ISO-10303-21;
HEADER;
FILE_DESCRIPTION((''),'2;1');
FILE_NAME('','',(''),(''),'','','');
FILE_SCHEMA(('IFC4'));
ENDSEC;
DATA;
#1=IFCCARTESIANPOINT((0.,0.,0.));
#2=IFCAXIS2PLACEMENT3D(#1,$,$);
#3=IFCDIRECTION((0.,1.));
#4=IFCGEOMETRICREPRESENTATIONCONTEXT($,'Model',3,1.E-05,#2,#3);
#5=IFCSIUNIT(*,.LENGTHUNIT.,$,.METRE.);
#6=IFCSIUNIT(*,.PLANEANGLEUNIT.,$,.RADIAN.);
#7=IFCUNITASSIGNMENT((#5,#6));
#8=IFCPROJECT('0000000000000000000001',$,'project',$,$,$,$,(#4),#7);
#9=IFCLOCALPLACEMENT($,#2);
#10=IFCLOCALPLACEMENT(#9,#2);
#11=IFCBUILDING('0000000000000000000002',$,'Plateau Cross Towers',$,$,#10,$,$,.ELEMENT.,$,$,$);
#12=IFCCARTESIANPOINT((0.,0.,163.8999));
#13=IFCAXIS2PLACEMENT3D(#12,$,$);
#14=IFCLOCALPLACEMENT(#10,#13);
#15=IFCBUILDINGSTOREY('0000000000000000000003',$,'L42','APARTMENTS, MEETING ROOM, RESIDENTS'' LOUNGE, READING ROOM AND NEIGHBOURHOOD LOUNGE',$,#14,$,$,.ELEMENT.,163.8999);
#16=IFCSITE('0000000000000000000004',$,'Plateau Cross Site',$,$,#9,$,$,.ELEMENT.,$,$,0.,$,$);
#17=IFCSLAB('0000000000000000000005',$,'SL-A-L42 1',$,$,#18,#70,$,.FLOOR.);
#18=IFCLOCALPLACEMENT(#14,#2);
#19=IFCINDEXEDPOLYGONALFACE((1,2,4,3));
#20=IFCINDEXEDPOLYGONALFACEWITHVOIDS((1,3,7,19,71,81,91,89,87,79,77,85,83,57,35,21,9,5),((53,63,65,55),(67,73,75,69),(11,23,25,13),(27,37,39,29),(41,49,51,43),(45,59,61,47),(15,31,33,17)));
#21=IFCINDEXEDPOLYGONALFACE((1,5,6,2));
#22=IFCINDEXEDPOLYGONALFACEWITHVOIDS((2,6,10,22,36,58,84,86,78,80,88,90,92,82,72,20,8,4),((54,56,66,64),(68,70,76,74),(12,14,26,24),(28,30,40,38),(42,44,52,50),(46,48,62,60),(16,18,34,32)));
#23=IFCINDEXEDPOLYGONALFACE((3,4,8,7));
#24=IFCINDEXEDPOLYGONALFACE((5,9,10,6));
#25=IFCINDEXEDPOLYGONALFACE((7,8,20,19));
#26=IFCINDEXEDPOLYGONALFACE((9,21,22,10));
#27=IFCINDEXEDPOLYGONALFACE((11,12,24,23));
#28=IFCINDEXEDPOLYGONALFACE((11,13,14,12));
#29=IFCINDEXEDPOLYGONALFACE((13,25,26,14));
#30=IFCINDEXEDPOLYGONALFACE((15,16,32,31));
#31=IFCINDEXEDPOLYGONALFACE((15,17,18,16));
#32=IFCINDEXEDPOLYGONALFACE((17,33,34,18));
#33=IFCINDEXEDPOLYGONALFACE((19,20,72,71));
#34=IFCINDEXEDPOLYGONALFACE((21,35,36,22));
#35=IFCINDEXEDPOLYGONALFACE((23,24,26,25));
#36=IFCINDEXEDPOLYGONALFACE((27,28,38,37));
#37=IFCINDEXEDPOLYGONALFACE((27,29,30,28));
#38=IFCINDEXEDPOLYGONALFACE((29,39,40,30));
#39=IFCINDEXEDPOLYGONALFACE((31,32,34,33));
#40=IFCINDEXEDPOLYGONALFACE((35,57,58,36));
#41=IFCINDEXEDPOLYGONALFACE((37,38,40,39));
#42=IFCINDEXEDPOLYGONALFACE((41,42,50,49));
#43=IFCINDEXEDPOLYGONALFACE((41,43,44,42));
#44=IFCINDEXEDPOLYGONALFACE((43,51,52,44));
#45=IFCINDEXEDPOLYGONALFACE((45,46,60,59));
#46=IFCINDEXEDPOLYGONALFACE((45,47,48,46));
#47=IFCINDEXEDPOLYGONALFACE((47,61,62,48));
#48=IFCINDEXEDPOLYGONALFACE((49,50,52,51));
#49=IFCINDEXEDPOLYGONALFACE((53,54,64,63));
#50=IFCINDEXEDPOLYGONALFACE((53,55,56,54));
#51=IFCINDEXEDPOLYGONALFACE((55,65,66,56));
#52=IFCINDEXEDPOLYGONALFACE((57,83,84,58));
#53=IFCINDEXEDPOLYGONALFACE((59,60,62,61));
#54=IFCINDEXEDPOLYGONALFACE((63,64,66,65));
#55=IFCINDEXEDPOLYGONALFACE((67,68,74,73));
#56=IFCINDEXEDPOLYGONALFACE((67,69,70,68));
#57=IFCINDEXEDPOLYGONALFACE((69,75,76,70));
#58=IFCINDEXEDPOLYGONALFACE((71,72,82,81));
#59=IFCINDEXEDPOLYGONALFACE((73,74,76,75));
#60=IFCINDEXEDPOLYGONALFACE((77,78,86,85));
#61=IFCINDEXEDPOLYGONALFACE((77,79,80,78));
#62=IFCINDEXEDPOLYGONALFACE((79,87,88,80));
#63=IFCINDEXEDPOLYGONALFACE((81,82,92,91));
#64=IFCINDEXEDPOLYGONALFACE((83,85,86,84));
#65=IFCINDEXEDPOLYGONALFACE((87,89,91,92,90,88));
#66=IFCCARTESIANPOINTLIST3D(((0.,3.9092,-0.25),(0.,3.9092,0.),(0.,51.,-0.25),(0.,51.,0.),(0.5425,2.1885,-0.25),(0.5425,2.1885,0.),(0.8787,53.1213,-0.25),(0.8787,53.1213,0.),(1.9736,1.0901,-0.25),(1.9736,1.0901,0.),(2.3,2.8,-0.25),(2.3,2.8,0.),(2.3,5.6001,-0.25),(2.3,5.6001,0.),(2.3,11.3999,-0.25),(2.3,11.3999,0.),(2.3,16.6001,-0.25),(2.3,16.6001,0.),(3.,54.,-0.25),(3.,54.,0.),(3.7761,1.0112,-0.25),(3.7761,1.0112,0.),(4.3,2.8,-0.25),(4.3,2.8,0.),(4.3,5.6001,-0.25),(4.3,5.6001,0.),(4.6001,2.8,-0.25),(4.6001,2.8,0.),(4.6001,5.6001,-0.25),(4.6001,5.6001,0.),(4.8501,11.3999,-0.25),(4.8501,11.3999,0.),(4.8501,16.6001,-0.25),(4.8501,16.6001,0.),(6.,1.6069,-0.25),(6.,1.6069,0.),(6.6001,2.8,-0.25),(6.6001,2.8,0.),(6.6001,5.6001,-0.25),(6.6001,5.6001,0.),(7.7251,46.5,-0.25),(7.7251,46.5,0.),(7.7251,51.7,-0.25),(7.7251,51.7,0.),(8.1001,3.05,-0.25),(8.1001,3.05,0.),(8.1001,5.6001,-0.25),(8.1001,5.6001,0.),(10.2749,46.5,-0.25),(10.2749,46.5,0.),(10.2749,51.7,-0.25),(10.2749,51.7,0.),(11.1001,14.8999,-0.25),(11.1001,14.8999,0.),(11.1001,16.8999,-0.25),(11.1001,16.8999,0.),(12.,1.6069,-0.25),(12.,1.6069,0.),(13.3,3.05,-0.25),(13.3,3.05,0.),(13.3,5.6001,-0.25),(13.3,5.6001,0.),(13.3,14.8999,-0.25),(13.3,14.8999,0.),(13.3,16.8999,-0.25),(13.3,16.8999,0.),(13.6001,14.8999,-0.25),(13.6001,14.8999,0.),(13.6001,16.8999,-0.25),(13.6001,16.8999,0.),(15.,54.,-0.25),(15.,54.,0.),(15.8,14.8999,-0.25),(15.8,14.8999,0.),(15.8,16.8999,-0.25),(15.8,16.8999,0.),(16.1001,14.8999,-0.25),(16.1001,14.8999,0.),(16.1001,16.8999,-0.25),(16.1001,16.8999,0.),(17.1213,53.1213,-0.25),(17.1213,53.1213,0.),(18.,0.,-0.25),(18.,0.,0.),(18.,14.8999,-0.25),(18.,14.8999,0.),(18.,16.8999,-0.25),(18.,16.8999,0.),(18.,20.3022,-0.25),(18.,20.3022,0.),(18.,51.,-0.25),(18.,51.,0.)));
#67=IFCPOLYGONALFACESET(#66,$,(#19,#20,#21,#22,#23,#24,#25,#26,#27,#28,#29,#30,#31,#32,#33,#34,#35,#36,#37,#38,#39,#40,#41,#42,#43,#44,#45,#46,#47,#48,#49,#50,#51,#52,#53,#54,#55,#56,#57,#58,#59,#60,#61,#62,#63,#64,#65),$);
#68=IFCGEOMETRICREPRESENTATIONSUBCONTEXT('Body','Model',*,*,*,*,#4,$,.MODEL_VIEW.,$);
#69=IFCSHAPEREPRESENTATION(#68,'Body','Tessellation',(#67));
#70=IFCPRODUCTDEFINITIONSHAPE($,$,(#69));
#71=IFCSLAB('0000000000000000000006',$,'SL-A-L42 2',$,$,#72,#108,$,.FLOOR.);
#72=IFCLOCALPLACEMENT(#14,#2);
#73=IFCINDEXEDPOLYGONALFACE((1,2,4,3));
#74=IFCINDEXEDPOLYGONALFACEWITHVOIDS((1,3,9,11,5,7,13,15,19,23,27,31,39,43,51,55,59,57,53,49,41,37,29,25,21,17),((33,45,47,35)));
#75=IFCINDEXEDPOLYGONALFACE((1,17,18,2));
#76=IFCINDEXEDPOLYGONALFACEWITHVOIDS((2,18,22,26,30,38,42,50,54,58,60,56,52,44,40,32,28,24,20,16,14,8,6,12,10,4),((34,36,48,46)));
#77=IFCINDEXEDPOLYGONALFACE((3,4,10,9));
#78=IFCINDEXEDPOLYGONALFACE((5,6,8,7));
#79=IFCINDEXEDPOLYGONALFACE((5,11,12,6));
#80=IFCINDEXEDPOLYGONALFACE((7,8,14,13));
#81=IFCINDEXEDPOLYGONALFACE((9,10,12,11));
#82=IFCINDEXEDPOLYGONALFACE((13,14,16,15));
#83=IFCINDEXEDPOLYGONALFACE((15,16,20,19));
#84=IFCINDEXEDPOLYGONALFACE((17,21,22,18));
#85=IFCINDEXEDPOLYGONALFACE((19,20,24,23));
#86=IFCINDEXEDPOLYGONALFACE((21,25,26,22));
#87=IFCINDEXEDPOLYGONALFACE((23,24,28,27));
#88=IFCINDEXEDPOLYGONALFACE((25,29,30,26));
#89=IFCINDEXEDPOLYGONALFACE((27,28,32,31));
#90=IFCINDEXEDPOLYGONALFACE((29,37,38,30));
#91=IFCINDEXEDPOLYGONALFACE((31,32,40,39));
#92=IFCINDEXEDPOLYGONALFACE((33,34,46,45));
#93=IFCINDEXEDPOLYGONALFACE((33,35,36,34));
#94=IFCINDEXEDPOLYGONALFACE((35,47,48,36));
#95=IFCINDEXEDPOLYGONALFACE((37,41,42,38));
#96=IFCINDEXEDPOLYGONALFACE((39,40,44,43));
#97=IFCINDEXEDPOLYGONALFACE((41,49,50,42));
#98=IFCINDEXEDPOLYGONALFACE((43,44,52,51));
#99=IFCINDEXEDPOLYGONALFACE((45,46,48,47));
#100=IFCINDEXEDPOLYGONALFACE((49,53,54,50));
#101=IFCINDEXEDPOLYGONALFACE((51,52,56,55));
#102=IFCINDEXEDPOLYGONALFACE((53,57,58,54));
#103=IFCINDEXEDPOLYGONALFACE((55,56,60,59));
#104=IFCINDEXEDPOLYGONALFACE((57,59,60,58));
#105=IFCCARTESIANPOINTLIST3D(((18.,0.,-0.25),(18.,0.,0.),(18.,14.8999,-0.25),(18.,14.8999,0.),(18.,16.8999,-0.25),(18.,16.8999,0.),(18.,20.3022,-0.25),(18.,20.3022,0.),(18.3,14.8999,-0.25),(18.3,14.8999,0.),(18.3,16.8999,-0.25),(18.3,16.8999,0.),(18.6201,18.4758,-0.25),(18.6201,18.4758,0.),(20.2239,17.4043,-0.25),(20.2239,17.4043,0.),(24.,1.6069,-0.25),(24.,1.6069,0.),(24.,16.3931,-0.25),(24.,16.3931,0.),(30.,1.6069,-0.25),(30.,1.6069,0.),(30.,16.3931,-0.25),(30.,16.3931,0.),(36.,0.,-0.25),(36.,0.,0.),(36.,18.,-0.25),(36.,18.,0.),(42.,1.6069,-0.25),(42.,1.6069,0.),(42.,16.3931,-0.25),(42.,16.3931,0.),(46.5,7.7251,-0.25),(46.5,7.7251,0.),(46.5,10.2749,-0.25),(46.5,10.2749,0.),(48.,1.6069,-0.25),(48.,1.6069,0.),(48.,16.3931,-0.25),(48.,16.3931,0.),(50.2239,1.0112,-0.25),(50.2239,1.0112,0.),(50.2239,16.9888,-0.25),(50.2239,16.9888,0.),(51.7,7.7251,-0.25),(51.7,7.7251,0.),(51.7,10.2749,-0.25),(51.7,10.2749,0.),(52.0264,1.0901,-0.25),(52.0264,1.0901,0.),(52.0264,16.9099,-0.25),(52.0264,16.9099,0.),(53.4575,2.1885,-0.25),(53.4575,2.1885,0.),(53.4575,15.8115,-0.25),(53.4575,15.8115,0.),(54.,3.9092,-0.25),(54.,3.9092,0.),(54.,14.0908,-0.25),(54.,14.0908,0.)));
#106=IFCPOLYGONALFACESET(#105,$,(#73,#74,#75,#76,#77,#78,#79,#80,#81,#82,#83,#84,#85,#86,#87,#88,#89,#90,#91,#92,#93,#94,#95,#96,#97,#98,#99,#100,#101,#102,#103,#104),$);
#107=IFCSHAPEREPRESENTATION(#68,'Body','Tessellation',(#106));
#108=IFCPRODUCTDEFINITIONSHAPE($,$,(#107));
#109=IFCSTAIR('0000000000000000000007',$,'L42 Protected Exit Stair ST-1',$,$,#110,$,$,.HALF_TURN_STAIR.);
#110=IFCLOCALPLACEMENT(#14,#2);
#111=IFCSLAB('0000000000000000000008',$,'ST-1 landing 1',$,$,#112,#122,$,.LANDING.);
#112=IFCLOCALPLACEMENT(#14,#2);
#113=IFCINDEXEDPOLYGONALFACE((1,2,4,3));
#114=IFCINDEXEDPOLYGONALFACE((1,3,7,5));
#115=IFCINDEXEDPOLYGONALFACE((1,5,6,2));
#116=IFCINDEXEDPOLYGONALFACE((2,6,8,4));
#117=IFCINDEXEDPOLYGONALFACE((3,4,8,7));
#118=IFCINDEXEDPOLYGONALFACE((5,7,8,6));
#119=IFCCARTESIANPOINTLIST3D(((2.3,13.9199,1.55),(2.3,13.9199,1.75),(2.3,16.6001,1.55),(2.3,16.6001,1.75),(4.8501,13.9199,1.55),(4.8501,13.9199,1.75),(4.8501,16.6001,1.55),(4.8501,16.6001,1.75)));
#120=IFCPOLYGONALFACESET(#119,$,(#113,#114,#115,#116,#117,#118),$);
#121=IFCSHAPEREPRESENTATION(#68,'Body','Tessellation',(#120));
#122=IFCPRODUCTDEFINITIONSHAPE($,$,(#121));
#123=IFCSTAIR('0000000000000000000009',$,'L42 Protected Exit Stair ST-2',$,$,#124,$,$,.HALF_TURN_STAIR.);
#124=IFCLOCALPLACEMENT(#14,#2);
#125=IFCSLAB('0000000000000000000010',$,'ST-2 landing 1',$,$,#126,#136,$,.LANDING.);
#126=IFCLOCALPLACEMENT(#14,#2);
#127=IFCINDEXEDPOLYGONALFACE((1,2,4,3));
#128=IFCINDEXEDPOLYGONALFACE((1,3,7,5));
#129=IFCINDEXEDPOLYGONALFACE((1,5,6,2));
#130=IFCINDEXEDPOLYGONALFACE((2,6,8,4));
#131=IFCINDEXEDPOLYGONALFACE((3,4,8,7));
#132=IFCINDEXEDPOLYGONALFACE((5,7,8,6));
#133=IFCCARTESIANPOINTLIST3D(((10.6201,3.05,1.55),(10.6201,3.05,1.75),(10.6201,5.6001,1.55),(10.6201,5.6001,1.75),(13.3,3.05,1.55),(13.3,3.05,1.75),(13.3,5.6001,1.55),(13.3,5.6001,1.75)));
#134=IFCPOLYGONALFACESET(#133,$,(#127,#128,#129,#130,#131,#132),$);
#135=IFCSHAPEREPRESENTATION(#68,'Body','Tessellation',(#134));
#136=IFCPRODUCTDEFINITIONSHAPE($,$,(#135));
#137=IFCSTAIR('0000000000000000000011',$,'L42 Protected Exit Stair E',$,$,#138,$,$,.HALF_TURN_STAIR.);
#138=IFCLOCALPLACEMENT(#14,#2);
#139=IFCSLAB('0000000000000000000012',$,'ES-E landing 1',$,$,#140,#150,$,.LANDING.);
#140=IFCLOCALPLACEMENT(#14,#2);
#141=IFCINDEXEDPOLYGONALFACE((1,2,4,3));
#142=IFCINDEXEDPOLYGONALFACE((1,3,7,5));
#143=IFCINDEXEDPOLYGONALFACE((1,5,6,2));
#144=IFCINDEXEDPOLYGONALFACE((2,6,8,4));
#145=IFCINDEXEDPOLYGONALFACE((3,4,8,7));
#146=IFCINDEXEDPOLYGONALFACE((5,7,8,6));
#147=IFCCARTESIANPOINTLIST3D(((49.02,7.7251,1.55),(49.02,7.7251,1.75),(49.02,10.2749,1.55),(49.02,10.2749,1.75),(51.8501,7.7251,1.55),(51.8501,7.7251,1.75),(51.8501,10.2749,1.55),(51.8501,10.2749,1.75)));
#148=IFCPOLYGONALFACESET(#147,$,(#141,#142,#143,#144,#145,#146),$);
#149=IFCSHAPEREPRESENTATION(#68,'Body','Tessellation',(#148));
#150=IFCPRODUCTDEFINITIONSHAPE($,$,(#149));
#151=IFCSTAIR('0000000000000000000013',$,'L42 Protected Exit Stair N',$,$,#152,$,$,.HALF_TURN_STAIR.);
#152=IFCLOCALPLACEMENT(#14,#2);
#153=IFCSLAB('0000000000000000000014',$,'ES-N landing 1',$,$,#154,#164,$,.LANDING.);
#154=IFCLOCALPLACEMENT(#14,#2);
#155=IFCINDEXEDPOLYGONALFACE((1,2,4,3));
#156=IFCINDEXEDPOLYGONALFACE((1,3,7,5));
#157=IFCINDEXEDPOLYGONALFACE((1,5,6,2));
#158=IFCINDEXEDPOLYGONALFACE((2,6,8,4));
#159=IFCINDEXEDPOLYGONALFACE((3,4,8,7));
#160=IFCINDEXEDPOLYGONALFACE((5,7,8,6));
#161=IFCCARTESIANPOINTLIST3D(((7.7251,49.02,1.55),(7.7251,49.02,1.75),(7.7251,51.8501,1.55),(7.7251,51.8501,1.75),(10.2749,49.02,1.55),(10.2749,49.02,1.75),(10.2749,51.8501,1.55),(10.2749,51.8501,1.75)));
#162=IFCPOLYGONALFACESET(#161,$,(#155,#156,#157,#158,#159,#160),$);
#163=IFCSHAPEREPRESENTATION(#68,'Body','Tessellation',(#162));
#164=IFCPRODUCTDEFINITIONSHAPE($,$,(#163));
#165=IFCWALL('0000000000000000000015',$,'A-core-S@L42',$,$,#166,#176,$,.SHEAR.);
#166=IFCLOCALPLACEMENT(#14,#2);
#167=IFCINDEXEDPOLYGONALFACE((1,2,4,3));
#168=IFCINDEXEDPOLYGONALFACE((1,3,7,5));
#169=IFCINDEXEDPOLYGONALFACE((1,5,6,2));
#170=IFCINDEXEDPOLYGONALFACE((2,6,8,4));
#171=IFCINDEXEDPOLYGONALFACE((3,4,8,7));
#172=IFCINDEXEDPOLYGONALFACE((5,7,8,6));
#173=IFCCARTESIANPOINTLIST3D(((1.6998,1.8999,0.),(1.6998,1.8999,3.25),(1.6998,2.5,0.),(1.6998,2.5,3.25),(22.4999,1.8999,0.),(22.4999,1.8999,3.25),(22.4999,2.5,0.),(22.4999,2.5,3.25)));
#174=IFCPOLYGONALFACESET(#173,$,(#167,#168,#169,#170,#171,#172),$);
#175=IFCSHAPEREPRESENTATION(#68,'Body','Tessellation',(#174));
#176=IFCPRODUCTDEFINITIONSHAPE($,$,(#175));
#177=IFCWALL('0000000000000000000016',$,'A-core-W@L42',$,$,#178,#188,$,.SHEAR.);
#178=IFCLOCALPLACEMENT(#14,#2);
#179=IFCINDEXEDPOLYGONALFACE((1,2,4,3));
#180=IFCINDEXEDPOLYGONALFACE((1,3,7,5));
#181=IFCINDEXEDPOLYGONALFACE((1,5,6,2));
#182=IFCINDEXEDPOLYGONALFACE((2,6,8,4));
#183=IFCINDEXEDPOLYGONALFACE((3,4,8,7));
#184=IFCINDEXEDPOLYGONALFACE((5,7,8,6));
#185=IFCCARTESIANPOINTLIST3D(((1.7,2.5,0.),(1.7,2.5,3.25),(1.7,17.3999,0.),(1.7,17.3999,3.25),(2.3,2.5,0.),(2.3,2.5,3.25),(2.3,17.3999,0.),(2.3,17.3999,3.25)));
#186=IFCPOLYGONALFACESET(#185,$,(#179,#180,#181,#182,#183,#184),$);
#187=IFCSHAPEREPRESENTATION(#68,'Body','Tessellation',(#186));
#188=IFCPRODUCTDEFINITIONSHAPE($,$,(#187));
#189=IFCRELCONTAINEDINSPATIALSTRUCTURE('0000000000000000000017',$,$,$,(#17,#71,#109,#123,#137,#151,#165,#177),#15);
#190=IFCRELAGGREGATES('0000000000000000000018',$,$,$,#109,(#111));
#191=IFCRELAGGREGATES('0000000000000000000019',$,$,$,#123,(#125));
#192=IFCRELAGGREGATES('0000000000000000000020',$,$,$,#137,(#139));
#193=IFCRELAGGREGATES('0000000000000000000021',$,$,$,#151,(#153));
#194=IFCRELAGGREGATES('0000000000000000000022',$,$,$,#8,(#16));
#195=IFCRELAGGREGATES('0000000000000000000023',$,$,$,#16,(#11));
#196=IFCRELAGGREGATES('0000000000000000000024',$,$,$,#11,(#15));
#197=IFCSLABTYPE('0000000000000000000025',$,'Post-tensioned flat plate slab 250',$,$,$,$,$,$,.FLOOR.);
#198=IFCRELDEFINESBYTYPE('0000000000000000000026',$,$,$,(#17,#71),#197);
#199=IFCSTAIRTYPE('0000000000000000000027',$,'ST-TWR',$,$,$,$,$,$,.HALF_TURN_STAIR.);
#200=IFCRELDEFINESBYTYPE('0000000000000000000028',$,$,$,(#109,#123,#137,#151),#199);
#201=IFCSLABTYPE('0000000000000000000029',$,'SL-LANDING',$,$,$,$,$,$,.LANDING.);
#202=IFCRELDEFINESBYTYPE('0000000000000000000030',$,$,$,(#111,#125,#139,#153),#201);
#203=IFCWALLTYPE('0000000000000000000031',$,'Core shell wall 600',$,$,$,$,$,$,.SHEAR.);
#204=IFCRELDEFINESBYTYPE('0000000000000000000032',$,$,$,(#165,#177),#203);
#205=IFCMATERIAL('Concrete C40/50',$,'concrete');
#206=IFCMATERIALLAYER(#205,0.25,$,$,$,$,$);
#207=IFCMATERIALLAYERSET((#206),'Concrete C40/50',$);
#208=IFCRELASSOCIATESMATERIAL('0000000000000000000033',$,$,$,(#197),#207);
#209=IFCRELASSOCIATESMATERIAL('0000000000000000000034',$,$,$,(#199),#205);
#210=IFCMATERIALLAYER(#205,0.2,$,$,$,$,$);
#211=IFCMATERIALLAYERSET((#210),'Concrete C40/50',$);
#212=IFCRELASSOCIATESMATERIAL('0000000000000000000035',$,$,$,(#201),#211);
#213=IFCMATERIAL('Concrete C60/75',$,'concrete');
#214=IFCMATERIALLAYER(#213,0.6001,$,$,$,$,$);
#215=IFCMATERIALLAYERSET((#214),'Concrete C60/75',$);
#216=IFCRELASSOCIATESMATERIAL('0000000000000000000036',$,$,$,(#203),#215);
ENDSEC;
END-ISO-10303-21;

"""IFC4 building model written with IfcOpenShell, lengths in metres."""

from ifc_helpers import new_model, si_unit, direction, frame, frame_2d, origin, place, context, subcontext, project, spatial, polyline, rectangle, outline, extrude, material, layer, layer_set, type_object, element, aggregate, save


model = new_model("IFC4")

# Units and contexts
model_context = context("Model", 3, precision=1e-05, world=origin(), true_north=direction((0.0, 1.0)))
body_context = subcontext(model_context, "Body", "Model", "MODEL_VIEW")
ifc_project = project(units=[si_unit("LENGTHUNIT", "METRE"), si_unit("PLANEANGLEUNIT", "RADIAN")], contexts=[model_context])

# Site, building, storey
site_placement = place(None, origin())
site = spatial("IfcSite", under=ifc_project, at=site_placement, Name="Plateau Cross Site", CompositionType="ELEMENT", RefElevation=0.0)
building_placement = place(site_placement, origin())
building = spatial("IfcBuilding", under=site, at=building_placement, Name="Plateau Cross Towers", CompositionType="ELEMENT")
storey_placement = place(building_placement, frame((0.0, 0.0, 163.8999)))
storey = spatial("IfcBuildingStorey", under=building, at=storey_placement, Name="L42", Description="APARTMENTS, MEETING ROOM, RESIDENTS' LOUNGE, READING ROOM AND NEIGHBOURHOOD LOUNGE", CompositionType="ELEMENT", Elevation=163.8999)

# Shared definitions
ifc_material_1 = material(Name="Concrete C60/75", Category="concrete")

# Shared definitions
ifc_material_2 = material(Name="Concrete C40/50", Category="concrete")

# Slabs
ifc_layer_1 = layer(ifc_material_2, 0.25)
ifc_layer_set_1 = layer_set([ifc_layer_1], Name="Concrete C40/50")
slab_type_1 = type_object("IfcSlabType", Name="Post-tensioned flat plate slab 250", PredefinedType="FLOOR", material=ifc_layer_set_1)
slab_1_placement = place(storey_placement, frame((0.0, 0.0, -0.25)))
element("IfcSlab", 1, at=slab_1_placement, inside=storey, type_object=slab_type_1, Name="SL-A-L42 1", PredefinedType="FLOOR", context=body_context, shape_type="SweptSolid", body=[
    extrude(outline(polyline([(0.5425, 2.1885), (0.0, 3.9092), (0.0, 51.0), (0.8787, 53.1213), (3.0, 54.0), (15.0, 54.0), (17.1213, 53.1213), (18.0, 51.0), (18.0, 20.3022), (18.0, 16.8999), (16.1001, 16.8999), (16.1001, 14.8999), (18.0, 14.8999), (18.0, 0.0), (12.0, 1.6069), (6.0, 1.6069), (3.7761, 1.0112), (1.9736, 1.0901), (0.5425, 2.1885)]), holes=[polyline([(2.3, 5.6001), (2.3, 2.8), (4.3, 2.8), (4.3, 5.6001), (2.3, 5.6001)]), polyline([(4.6001, 5.6001), (4.6001, 2.8), (6.6001, 2.8), (6.6001, 5.6001), (4.6001, 5.6001)]), polyline([(8.1001, 5.6001), (8.1001, 3.05), (13.3, 3.05), (13.3, 5.6001), (8.1001, 5.6001)]), polyline([(2.3, 11.3999), (4.8501, 11.3999), (4.8501, 16.6001), (2.3, 16.6001), (2.3, 11.3999)]), polyline([(11.1001, 16.8999), (11.1001, 14.8999), (13.3, 14.8999), (13.3, 16.8999), (11.1001, 16.8999)]), polyline([(13.6001, 16.8999), (13.6001, 14.8999), (15.8, 14.8999), (15.8, 16.8999), (13.6001, 16.8999)]), polyline([(7.7251, 51.7), (7.7251, 46.5), (10.2749, 46.5), (10.2749, 51.7), (7.7251, 51.7)])]), origin(), (0.0, 0.0, 1.0), 0.25),
])
slab_2_placement = place(storey_placement, frame((0.0, 0.0, -0.25)))
element("IfcSlab", 2, at=slab_2_placement, inside=storey, type_object=slab_type_1, Name="SL-A-L42 2", PredefinedType="FLOOR", context=body_context, shape_type="SweptSolid", body=[
    extrude(outline(polyline([(18.6201, 18.4758), (20.2239, 17.4043), (24.0, 16.3931), (30.0, 16.3931), (36.0, 18.0), (42.0, 16.3931), (48.0, 16.3931), (50.2239, 16.9888), (52.0264, 16.9099), (53.4575, 15.8115), (54.0, 14.0908), (54.0, 3.9092), (53.4575, 2.1885), (52.0264, 1.0901), (50.2239, 1.0112), (48.0, 1.6069), (42.0, 1.6069), (36.0, 0.0), (30.0, 1.6069), (24.0, 1.6069), (18.0, 0.0), (18.0, 14.8999), (18.3, 14.8999), (18.3, 16.8999), (18.0, 16.8999), (18.0, 20.3022), (18.6201, 18.4758)]), holes=[polyline([(46.5, 10.2749), (46.5, 7.7251), (51.7, 7.7251), (51.7, 10.2749), (46.5, 10.2749)])]), origin(), (0.0, 0.0, 1.0), 0.25),
])

# Stairs, slabs
stair_type = type_object("IfcStairType", Name="ST-TWR", PredefinedType="HALF_TURN_STAIR", material=ifc_material_2)
stair_1_placement = place(storey_placement, origin())
stair_1 = element("IfcStair", 3, at=stair_1_placement, inside=storey, type_object=stair_type, Name="L42 Protected Exit Stair ST-1", PredefinedType="HALF_TURN_STAIR")
ifc_layer_2 = layer(ifc_material_2, 0.2)
ifc_layer_set_2 = layer_set([ifc_layer_2], Name="Concrete C40/50")
slab_type_2 = type_object("IfcSlabType", Name="SL-LANDING", PredefinedType="LANDING", material=ifc_layer_set_2)
slab_3_placement = place(storey_placement, frame((0.0, 0.0, 1.55)))
slab_3 = element("IfcSlab", 4, at=slab_3_placement, type_object=slab_type_2, Name="ST-1 landing 1", PredefinedType="LANDING", context=body_context, shape_type="SweptSolid", body=[
    extrude(outline(polyline([(4.8501, 13.9199), (4.8501, 16.6001), (2.3, 16.6001), (2.3, 13.9199), (4.8501, 13.9199)])), origin(), (0.0, 0.0, 1.0), 0.2),
])
aggregate(stair_1, [slab_3])
stair_2_placement = place(storey_placement, origin())
stair_2 = element("IfcStair", 5, at=stair_2_placement, inside=storey, type_object=stair_type, Name="L42 Protected Exit Stair ST-2", PredefinedType="HALF_TURN_STAIR")
slab_4_placement = place(storey_placement, frame((0.0, 0.0, 1.55)))
slab_4 = element("IfcSlab", 6, at=slab_4_placement, type_object=slab_type_2, Name="ST-2 landing 1", PredefinedType="LANDING", context=body_context, shape_type="SweptSolid", body=[
    extrude(outline(polyline([(10.6201, 3.05), (13.3, 3.05), (13.3, 5.6001), (10.6201, 5.6001), (10.6201, 3.05)])), origin(), (0.0, 0.0, 1.0), 0.2),
])
aggregate(stair_2, [slab_4])
stair_3_placement = place(storey_placement, origin())
stair_3 = element("IfcStair", 7, at=stair_3_placement, inside=storey, type_object=stair_type, Name="L42 Protected Exit Stair E", PredefinedType="HALF_TURN_STAIR")
slab_5_placement = place(storey_placement, frame((0.0, 0.0, 1.55)))
slab_5 = element("IfcSlab", 8, at=slab_5_placement, type_object=slab_type_2, Name="ES-E landing 1", PredefinedType="LANDING", context=body_context, shape_type="SweptSolid", body=[
    extrude(outline(polyline([(49.02, 7.7251), (51.8501, 7.7251), (51.8501, 10.2749), (49.02, 10.2749), (49.02, 7.7251)])), origin(), (0.0, 0.0, 1.0), 0.2),
])
aggregate(stair_3, [slab_5])
stair_4_placement = place(storey_placement, origin())
stair_4 = element("IfcStair", 9, at=stair_4_placement, inside=storey, type_object=stair_type, Name="L42 Protected Exit Stair N", PredefinedType="HALF_TURN_STAIR")
slab_6_placement = place(storey_placement, frame((0.0, 0.0, 1.55)))
slab_6 = element("IfcSlab", 10, at=slab_6_placement, type_object=slab_type_2, Name="ES-N landing 1", PredefinedType="LANDING", context=body_context, shape_type="SweptSolid", body=[
    extrude(outline(polyline([(10.2749, 49.02), (10.2749, 51.8501), (7.7251, 51.8501), (7.7251, 49.02), (10.2749, 49.02)])), origin(), (0.0, 0.0, 1.0), 0.2),
])
aggregate(stair_4, [slab_6])

# Walls
ifc_layer_3 = layer(ifc_material_1, 0.6001)
ifc_layer_set_3 = layer_set([ifc_layer_3], Name="Concrete C60/75")
wall_type = type_object("IfcWallType", Name="Core shell wall 600", PredefinedType="SHEAR", material=ifc_layer_set_3)
wall_1_placement = place(storey_placement, frame((1.7, 2.2, 0.0), z_axis=(0.0, 0.0, 1.0), x_axis=(1.0, 0.0, 0.0)))
element("IfcWall", 11, at=wall_1_placement, inside=storey, type_object=wall_type, Name="A-core-S@L42", PredefinedType="SHEAR", context=body_context, shape_type="SweptSolid", body=[
    extrude(rectangle(XDim=20.8, YDim=0.6001, at=frame_2d((10.3999, 0.0))), origin(), (0.0, 0.0, 1.0), 3.25),
])
wall_2_placement = place(storey_placement, frame((2.0, 2.5, 0.0), z_axis=(0.0, 0.0, 1.0), x_axis=(0.0, 1.0, 0.0)))
element("IfcWall", 12, at=wall_2_placement, inside=storey, type_object=wall_type, Name="A-core-W@L42", PredefinedType="SHEAR", context=body_context, shape_type="SweptSolid", body=[
    extrude(rectangle(XDim=14.8999, YDim=0.6001, at=frame_2d((7.45, 0.0))), origin(), (0.0, 0.0, 1.0), 3.25),
])

save(model, "model.ifc")
